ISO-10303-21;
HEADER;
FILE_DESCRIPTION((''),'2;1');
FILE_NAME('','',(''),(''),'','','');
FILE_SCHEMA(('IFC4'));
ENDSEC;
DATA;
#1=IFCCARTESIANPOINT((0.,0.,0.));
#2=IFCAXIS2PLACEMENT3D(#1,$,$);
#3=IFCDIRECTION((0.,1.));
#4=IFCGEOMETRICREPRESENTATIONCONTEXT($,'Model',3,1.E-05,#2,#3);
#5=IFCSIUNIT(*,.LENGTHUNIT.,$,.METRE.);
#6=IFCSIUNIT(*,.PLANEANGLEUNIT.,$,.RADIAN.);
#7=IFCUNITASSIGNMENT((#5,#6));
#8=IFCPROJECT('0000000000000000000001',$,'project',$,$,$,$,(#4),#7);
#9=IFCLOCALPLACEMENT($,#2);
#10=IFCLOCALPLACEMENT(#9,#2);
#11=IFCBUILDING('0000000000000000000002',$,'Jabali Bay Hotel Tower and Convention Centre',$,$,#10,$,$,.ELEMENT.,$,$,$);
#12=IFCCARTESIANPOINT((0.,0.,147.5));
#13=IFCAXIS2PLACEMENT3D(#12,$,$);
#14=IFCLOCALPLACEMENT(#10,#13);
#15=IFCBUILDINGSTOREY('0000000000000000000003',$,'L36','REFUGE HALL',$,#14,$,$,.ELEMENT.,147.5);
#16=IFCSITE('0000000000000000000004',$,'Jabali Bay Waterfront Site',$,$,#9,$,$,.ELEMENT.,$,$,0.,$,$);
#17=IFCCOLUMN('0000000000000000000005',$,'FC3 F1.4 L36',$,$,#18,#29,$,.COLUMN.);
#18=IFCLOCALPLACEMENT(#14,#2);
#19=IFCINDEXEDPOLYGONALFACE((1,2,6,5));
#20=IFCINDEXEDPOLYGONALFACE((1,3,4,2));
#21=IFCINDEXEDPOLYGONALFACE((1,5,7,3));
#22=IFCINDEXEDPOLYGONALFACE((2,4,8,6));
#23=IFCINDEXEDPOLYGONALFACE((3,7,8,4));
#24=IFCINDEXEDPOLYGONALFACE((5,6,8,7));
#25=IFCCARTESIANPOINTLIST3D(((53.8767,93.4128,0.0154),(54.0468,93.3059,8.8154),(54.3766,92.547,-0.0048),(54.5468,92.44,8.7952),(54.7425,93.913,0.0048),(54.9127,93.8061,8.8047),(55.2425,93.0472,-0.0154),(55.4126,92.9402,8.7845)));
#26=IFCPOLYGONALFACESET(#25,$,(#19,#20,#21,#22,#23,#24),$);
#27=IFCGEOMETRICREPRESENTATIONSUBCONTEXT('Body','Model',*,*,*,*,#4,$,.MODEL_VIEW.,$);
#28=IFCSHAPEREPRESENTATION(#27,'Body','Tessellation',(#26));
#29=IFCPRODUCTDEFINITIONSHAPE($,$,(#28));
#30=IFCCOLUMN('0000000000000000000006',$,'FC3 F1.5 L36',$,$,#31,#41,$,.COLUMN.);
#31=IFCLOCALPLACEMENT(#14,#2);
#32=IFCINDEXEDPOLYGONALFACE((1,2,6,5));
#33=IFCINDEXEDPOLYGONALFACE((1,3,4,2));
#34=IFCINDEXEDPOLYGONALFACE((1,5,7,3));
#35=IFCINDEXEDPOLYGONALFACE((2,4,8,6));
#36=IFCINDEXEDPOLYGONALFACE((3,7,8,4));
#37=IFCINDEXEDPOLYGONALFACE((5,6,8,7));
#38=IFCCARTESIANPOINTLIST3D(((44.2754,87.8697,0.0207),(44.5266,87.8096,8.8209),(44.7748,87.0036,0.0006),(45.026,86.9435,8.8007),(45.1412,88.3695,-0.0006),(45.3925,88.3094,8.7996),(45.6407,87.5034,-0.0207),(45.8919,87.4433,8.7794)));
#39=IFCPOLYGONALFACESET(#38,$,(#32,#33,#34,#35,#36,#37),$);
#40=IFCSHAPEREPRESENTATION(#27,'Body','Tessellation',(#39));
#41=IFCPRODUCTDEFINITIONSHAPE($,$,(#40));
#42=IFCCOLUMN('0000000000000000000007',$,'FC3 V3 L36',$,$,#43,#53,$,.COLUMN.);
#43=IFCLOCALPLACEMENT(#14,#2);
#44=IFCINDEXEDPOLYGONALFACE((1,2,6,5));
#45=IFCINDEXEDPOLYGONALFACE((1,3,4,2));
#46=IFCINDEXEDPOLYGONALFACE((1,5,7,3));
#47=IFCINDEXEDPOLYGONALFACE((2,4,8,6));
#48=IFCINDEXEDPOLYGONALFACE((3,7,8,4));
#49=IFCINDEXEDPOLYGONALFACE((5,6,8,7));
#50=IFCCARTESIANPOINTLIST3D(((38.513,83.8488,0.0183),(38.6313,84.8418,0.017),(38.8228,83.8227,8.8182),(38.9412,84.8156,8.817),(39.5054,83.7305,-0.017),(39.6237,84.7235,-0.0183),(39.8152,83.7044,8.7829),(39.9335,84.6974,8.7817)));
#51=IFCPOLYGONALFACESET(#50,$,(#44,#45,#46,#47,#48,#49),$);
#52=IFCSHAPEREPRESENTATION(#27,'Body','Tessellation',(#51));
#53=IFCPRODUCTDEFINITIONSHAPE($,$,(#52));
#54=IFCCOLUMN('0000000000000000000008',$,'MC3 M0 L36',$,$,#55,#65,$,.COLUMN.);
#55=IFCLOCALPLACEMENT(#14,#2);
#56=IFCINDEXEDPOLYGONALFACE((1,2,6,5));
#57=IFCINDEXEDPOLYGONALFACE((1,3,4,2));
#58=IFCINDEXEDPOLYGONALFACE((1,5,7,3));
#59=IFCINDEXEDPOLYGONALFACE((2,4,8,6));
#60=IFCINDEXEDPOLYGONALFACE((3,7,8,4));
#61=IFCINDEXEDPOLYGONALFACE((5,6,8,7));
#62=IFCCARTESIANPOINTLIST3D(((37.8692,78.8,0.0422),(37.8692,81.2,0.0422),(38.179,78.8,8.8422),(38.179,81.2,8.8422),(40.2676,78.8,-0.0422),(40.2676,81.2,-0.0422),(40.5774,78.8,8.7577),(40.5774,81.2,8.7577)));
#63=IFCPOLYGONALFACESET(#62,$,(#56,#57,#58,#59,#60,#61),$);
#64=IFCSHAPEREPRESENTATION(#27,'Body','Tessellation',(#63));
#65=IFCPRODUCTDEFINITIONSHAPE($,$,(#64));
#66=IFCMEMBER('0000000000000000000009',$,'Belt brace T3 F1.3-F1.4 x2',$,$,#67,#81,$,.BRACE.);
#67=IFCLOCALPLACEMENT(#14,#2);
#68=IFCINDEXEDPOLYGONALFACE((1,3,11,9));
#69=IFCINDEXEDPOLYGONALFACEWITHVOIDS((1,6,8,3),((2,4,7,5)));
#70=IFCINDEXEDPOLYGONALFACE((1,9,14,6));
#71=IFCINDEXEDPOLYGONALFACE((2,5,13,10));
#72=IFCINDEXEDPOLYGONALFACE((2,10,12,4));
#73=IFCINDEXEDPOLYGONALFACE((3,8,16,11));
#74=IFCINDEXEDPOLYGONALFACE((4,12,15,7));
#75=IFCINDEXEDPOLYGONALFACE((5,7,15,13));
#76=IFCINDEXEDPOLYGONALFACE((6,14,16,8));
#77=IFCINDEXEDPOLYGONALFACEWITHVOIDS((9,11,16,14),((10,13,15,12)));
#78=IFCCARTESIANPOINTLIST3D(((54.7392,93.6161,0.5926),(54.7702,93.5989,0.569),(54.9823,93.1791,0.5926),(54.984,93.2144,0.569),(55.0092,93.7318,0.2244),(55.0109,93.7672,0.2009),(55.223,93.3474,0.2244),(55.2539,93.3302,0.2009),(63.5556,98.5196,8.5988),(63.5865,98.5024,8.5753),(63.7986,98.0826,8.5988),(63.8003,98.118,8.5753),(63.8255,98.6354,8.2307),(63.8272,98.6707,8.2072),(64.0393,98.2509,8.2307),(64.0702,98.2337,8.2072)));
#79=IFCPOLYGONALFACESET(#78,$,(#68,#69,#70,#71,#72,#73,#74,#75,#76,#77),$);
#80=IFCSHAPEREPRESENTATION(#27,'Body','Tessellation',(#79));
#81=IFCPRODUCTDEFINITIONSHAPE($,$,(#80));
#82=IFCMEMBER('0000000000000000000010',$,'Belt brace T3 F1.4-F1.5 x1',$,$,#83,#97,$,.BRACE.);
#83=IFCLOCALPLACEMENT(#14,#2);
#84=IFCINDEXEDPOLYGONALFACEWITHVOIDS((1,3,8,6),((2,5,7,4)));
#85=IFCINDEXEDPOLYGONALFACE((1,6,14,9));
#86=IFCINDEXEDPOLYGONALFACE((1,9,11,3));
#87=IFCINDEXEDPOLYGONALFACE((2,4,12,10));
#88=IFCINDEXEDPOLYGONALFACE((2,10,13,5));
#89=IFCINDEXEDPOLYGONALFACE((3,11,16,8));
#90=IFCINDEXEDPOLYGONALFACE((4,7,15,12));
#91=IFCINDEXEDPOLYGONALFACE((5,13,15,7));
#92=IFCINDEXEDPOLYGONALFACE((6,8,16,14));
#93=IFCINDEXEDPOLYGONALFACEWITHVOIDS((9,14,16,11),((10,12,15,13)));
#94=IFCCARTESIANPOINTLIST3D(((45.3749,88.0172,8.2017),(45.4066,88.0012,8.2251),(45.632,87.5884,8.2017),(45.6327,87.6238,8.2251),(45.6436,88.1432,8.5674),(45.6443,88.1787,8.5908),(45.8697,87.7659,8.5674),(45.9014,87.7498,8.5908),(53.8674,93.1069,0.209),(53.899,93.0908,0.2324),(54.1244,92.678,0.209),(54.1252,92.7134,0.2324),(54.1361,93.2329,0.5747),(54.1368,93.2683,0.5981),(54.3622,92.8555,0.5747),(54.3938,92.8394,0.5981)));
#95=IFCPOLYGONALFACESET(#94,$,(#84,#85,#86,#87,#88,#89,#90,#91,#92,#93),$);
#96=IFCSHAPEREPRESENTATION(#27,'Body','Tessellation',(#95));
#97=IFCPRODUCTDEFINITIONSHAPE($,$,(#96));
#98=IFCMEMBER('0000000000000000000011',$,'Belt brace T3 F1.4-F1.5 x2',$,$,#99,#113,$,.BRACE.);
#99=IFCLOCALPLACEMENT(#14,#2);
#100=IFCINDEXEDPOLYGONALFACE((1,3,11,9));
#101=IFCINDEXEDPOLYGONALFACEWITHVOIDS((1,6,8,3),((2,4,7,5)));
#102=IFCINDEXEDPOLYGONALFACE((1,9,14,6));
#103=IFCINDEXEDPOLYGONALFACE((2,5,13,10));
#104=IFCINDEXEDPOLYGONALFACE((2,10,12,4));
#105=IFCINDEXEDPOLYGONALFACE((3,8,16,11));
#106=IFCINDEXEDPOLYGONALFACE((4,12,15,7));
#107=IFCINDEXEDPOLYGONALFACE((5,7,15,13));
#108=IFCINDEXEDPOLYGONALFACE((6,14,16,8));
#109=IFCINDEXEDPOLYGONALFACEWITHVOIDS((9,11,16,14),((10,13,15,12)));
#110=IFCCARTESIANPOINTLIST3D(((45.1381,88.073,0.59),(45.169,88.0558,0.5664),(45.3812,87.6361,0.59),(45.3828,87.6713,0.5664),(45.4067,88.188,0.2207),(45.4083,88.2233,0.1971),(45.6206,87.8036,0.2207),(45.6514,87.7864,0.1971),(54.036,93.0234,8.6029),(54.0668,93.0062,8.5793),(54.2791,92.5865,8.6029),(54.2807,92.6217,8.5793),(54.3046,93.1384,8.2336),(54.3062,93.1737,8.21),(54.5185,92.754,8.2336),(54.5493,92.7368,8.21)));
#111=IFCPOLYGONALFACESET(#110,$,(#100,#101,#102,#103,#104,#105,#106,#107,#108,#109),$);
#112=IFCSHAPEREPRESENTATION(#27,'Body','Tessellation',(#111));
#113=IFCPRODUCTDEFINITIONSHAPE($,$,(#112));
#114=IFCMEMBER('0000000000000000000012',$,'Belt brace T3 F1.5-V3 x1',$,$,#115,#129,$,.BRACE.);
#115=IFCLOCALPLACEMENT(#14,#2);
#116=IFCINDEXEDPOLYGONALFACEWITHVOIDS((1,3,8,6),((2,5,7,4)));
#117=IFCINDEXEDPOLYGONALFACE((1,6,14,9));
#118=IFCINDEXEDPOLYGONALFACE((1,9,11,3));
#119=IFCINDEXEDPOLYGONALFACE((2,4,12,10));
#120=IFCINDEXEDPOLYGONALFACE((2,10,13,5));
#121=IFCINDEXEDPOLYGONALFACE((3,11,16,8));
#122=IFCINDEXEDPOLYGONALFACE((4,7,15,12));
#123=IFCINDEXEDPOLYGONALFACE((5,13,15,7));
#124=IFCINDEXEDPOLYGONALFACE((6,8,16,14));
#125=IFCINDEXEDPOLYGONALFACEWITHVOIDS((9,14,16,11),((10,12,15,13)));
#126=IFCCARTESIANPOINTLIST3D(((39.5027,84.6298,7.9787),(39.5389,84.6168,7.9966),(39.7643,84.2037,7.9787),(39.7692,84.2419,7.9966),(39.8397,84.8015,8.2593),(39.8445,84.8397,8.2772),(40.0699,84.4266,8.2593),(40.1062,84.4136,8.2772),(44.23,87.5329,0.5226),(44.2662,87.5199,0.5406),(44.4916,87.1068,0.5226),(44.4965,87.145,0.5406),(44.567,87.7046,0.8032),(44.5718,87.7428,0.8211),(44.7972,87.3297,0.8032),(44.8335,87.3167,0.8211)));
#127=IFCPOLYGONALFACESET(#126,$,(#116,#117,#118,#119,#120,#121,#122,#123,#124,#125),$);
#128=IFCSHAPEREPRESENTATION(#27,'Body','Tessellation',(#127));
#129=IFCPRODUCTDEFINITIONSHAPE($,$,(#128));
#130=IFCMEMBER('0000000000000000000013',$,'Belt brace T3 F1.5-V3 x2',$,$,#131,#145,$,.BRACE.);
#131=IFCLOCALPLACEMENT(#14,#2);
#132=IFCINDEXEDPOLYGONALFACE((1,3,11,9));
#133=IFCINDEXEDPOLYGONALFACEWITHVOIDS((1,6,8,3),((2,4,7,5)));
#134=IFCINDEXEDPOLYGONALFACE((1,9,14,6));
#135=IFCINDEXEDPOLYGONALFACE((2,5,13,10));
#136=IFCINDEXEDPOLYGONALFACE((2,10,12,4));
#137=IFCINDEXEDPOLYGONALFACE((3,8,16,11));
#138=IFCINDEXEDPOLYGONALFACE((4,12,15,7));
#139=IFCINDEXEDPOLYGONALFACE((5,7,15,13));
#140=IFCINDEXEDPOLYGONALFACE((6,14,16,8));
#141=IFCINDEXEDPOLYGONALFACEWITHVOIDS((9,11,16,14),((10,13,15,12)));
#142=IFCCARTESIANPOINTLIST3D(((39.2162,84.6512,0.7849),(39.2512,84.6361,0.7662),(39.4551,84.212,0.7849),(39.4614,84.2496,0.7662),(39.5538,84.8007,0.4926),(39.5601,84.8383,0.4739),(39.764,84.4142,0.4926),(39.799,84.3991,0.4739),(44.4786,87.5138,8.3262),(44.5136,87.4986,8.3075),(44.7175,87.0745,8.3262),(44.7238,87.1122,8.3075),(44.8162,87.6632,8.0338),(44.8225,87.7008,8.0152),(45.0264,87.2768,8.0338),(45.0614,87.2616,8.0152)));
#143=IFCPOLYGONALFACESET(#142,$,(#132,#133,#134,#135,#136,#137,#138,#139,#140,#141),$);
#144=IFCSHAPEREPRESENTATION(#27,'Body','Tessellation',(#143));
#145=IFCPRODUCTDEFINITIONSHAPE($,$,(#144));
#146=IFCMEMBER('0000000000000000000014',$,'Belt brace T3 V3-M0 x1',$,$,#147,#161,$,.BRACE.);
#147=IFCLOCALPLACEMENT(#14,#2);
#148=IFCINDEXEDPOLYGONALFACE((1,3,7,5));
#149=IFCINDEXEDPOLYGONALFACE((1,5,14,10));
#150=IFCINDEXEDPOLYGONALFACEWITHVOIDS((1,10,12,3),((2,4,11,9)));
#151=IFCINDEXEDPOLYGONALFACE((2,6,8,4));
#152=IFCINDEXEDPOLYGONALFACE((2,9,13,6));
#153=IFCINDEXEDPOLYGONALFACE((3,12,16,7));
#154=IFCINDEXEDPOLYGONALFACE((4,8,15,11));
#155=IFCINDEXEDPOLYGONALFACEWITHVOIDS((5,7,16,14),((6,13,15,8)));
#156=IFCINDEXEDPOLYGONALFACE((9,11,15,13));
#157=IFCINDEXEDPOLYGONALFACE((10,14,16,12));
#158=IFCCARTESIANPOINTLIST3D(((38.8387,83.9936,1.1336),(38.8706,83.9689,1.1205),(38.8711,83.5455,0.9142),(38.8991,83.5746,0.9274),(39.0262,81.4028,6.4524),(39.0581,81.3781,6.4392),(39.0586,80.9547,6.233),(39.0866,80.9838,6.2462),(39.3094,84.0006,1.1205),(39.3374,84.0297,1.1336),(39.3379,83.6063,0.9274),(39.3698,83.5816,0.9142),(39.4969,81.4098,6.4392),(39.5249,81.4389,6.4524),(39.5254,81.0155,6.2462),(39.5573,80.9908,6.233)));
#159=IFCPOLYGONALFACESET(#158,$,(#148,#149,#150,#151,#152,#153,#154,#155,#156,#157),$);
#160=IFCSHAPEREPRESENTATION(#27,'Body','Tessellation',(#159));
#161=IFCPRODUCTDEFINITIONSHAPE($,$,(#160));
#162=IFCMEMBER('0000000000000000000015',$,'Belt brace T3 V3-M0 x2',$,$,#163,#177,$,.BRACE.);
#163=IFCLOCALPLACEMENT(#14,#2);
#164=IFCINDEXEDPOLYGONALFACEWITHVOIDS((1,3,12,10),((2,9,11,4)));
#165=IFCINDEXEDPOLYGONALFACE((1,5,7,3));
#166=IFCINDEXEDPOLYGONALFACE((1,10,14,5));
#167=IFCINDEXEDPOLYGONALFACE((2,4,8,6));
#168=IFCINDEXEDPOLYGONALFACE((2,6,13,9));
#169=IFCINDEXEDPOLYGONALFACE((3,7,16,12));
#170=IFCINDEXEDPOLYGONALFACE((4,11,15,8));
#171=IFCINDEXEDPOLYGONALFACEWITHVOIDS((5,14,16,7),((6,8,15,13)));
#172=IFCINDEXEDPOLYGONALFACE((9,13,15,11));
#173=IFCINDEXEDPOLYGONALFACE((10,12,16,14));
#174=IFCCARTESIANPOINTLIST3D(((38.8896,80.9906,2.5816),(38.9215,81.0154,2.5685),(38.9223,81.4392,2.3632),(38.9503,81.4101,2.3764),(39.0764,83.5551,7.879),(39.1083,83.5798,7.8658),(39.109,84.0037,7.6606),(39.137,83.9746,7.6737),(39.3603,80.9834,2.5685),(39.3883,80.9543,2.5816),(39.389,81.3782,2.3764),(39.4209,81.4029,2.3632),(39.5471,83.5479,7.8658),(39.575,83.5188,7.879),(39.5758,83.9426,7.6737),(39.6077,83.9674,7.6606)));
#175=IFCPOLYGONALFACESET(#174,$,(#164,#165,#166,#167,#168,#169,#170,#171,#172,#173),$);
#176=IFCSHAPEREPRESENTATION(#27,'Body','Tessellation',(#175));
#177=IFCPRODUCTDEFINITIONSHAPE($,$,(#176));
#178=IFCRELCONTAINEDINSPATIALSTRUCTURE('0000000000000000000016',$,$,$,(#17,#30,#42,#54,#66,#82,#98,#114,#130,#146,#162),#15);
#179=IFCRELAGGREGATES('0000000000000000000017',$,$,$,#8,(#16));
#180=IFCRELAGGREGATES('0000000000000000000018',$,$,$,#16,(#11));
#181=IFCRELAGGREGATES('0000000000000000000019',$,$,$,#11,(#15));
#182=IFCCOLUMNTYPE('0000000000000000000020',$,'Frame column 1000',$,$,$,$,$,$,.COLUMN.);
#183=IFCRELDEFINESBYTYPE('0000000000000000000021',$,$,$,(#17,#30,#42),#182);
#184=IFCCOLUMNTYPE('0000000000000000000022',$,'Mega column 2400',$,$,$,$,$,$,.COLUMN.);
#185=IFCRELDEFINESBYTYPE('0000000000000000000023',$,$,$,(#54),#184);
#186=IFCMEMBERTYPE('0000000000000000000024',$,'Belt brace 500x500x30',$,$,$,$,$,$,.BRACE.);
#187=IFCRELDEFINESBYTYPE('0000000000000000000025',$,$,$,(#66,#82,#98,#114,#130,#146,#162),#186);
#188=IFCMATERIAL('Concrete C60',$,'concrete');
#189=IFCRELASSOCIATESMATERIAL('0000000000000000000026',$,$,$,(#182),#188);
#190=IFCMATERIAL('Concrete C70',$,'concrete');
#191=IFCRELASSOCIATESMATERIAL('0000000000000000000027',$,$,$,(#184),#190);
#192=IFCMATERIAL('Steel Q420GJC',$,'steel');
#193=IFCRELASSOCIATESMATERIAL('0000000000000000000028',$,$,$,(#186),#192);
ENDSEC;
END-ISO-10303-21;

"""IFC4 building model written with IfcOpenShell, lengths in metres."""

from ifc_helpers import new_model, si_unit, direction, frame, origin, origin_2d, place, context, subcontext, project, spatial, rectangle, hollow_rectangle, extrude, material, material_profile, profile_set, type_object, element, save


model = new_model("IFC4")

# Units and contexts
model_context = context("Model", 3, precision=1e-05, world=origin(), true_north=direction((0.0, 1.0)))
body_context = subcontext(model_context, "Body", "Model", "MODEL_VIEW")
ifc_project = project(units=[si_unit("LENGTHUNIT", "METRE"), si_unit("PLANEANGLEUNIT", "RADIAN")], contexts=[model_context])

# Site, building, storey
site_placement = place(None, origin())
site = spatial("IfcSite", under=ifc_project, at=site_placement, Name="Jabali Bay Waterfront Site", CompositionType="ELEMENT", RefElevation=0.0)
building_placement = place(site_placement, origin())
building = spatial("IfcBuilding", under=site, at=building_placement, Name="Jabali Bay Hotel Tower and Convention Centre", CompositionType="ELEMENT")
storey_placement = place(building_placement, frame((0.0, 0.0, 147.5)))
storey = spatial("IfcBuildingStorey", under=building, at=storey_placement, Name="L36", Description="REFUGE HALL", CompositionType="ELEMENT", Elevation=147.5)

# Columns
ifc_material_1 = material(Name="Concrete C60", Category="concrete")
ifc_material_profile_1 = material_profile(ifc_material_1, rectangle(XDim=1.0, YDim=1.0, at=origin_2d()), Name="Frame column 1000")
ifc_profile_set_1 = profile_set([ifc_material_profile_1], Name="Concrete C60")
column_type_1 = type_object("IfcColumnType", Name="Frame column 1000", PredefinedType="COLUMN", material=ifc_profile_set_1)
column_1_placement = place(storey_placement, frame((54.5596, 93.23, 0.0), z_axis=(0.019332, -0.012148, 0.999739), x_axis=(-0.499949, 0.86582, 0.020188)))
element("IfcColumn", 1, at=column_1_placement, inside=storey, type_object=column_type_1, Name="FC3 F1.4 L36", PredefinedType="COLUMN", context=body_context, shape_type="SweptSolid", body=[
    extrude(rectangle(XDim=1.0, YDim=1.0, at=origin_2d()), origin(), (0.0, 0.0, 1.0), 8.8022),
])
column_2_placement = place(storey_placement, frame((44.958, 87.6865, 0.0), z_axis=(0.028535, -0.006822, 0.99957), x_axis=(-0.499431, 0.866119, 0.020169)))
element("IfcColumn", 2, at=column_2_placement, inside=storey, type_object=column_type_1, Name="FC3 F1.5 L36", PredefinedType="COLUMN", context=body_context, shape_type="SweptSolid", body=[
    extrude(rectangle(XDim=1.0, YDim=1.0, at=origin_2d()), origin(), (0.0, 0.0, 1.0), 8.804),
])
column_3_placement = place(storey_placement, frame((39.0684, 84.2861, 0.0), z_axis=(0.035184, -0.002967, 0.999376), x_axis=(-0.992352, 0.118287, 0.035288)))
element("IfcColumn", 3, at=column_3_placement, inside=storey, type_object=column_type_1, Name="FC3 V3 L36", PredefinedType="COLUMN", context=body_context, shape_type="SweptSolid", body=[
    extrude(rectangle(XDim=1.0, YDim=1.0, at=origin_2d()), origin(), (0.0, 0.0, 1.0), 8.8054),
])
ifc_material_2 = material(Name="Concrete C70", Category="concrete")
ifc_material_profile_2 = material_profile(ifc_material_2, rectangle(XDim=2.3999, YDim=2.3999, at=origin_2d()), Name="Mega column 2400")
ifc_profile_set_2 = profile_set([ifc_material_profile_2], Name="Concrete C70")
column_type_2 = type_object("IfcColumnType", Name="Mega column 2400", PredefinedType="COLUMN", material=ifc_profile_set_2)
column_4_placement = place(storey_placement, frame((39.0684, 80.0, 0.0), z_axis=(0.035184, 0.0, 0.999381), x_axis=(0.0, 1.0, 0.0)))
element("IfcColumn", 4, at=column_4_placement, inside=storey, type_object=column_type_2, Name="MC3 M0 L36", PredefinedType="COLUMN", context=body_context, shape_type="SweptSolid", body=[
    extrude(rectangle(XDim=2.3999, YDim=2.3999, at=origin_2d()), origin(), (0.0, 0.0, 1.0), 8.8054),
])

# Members
ifc_material_3 = material(Name="Steel Q420GJC", Category="steel")
ifc_material_profile_3 = material_profile(ifc_material_3, hollow_rectangle(XDim=0.5, YDim=0.5, WallThickness=0.03, at=origin_2d()), Name="Belt brace 500x500x30")
ifc_profile_set_3 = profile_set([ifc_material_profile_3], Name="Steel Q420GJC")
member_type_1 = type_object("IfcMemberType", Name="Belt brace 500x500x30", PredefinedType="BRACE", material=ifc_profile_set_3)
member_1_placement = place(storey_placement, frame((54.9966, 93.4731, 0.3967), z_axis=(0.684542, 0.380733, 0.621646), x_axis=(-0.486064, 0.873923, 0.0)))
element("IfcMember", 5, at=member_1_placement, inside=storey, type_object=member_type_1, Name="Belt brace T3 F1.3-F1.4 x2", PredefinedType="BRACE", context=body_context, shape_type="SweptSolid", body=[
    extrude(hollow_rectangle(XDim=0.5, YDim=0.5, WallThickness=0.03, at=origin_2d()), origin(), (0.0, 0.0, 1.0), 12.8792),
])
member_2_placement = place(storey_placement, frame((54.1306, 92.9731, 0.4036), z_axis=(-0.667417, -0.39999, 0.628142), x_axis=(0.514061, -0.857754, 0.0)))
element("IfcMember", 6, at=member_2_placement, inside=storey, type_object=member_type_1, Name="Belt brace T3 F1.4-F1.5 x1", PredefinedType="BRACE", context=body_context, shape_type="SweptSolid", body=[
    extrude(hollow_rectangle(XDim=0.5, YDim=0.5, WallThickness=0.03, at=origin_2d()), origin(), (0.0, 0.0, 1.0), 12.7244),
])
member_3_placement = place(storey_placement, frame((45.3948, 87.9297, 0.3936), z_axis=(0.686722, 0.382063, 0.618419), x_axis=(-0.486178, 0.87386, 0.0)))
element("IfcMember", 7, at=member_3_placement, inside=storey, type_object=member_type_1, Name="Belt brace T3 F1.4-F1.5 x2", PredefinedType="BRACE", context=body_context, shape_type="SweptSolid", body=[
    extrude(hollow_rectangle(XDim=0.5, YDim=0.5, WallThickness=0.03, at=origin_2d()), origin(), (0.0, 0.0, 1.0), 12.957),
])
member_4_placement = place(storey_placement, frame((44.5317, 87.4248, 0.6719), z_axis=(-0.50867, -0.312379, 0.802293), x_axis=(0.523309, -0.852143, 0.0)))
element("IfcMember", 8, at=member_4_placement, inside=storey, type_object=member_type_1, Name="Belt brace T3 F1.5-V3 x1", PredefinedType="BRACE", context=body_context, shape_type="SweptSolid", body=[
    extrude(hollow_rectangle(XDim=0.5, YDim=0.5, WallThickness=0.03, at=origin_2d()), origin(), (0.0, 0.0, 1.0), 9.2935),
])
member_5_placement = place(storey_placement, frame((39.5076, 84.5251, 0.6294), z_axis=(0.546402, 0.297219, 0.783011), x_axis=(-0.477838, 0.878448, 0.0)))
element("IfcMember", 9, at=member_5_placement, inside=storey, type_object=member_type_1, Name="Belt brace T3 F1.5-V3 x2", PredefinedType="BRACE", context=body_context, shape_type="SweptSolid", body=[
    extrude(hollow_rectangle(XDim=0.5, YDim=0.5, WallThickness=0.03, at=origin_2d()), origin(), (0.0, 0.0, 1.0), 9.6311),
])
member_6_placement = place(storey_placement, frame((39.1042, 83.7876, 1.0239), z_axis=(0.031676, -0.437693, 0.898566), x_axis=(0.997391, 0.072182, 0.0)))
element("IfcMember", 10, at=member_6_placement, inside=storey, type_object=member_type_1, Name="Belt brace T3 V3-M0 x1", PredefinedType="BRACE", context=body_context, shape_type="SweptSolid", body=[
    extrude(hollow_rectangle(XDim=0.5, YDim=0.5, WallThickness=0.03, at=origin_2d()), origin(), (0.0, 0.0, 1.0), 5.9192),
])
member_7_placement = place(storey_placement, frame((39.1553, 81.1968, 2.4724), z_axis=(0.031718, 0.435509, 0.899626), x_axis=(-0.997358, 0.072637, 0.0)))
element("IfcMember", 11, at=member_7_placement, inside=storey, type_object=member_type_1, Name="Belt brace T3 V3-M0 x2", PredefinedType="BRACE", context=body_context, shape_type="SweptSolid", body=[
    extrude(hollow_rectangle(XDim=0.5, YDim=0.5, WallThickness=0.03, at=origin_2d()), origin(), (0.0, 0.0, 1.0), 5.8884),
])

save(model, "model.ifc")
